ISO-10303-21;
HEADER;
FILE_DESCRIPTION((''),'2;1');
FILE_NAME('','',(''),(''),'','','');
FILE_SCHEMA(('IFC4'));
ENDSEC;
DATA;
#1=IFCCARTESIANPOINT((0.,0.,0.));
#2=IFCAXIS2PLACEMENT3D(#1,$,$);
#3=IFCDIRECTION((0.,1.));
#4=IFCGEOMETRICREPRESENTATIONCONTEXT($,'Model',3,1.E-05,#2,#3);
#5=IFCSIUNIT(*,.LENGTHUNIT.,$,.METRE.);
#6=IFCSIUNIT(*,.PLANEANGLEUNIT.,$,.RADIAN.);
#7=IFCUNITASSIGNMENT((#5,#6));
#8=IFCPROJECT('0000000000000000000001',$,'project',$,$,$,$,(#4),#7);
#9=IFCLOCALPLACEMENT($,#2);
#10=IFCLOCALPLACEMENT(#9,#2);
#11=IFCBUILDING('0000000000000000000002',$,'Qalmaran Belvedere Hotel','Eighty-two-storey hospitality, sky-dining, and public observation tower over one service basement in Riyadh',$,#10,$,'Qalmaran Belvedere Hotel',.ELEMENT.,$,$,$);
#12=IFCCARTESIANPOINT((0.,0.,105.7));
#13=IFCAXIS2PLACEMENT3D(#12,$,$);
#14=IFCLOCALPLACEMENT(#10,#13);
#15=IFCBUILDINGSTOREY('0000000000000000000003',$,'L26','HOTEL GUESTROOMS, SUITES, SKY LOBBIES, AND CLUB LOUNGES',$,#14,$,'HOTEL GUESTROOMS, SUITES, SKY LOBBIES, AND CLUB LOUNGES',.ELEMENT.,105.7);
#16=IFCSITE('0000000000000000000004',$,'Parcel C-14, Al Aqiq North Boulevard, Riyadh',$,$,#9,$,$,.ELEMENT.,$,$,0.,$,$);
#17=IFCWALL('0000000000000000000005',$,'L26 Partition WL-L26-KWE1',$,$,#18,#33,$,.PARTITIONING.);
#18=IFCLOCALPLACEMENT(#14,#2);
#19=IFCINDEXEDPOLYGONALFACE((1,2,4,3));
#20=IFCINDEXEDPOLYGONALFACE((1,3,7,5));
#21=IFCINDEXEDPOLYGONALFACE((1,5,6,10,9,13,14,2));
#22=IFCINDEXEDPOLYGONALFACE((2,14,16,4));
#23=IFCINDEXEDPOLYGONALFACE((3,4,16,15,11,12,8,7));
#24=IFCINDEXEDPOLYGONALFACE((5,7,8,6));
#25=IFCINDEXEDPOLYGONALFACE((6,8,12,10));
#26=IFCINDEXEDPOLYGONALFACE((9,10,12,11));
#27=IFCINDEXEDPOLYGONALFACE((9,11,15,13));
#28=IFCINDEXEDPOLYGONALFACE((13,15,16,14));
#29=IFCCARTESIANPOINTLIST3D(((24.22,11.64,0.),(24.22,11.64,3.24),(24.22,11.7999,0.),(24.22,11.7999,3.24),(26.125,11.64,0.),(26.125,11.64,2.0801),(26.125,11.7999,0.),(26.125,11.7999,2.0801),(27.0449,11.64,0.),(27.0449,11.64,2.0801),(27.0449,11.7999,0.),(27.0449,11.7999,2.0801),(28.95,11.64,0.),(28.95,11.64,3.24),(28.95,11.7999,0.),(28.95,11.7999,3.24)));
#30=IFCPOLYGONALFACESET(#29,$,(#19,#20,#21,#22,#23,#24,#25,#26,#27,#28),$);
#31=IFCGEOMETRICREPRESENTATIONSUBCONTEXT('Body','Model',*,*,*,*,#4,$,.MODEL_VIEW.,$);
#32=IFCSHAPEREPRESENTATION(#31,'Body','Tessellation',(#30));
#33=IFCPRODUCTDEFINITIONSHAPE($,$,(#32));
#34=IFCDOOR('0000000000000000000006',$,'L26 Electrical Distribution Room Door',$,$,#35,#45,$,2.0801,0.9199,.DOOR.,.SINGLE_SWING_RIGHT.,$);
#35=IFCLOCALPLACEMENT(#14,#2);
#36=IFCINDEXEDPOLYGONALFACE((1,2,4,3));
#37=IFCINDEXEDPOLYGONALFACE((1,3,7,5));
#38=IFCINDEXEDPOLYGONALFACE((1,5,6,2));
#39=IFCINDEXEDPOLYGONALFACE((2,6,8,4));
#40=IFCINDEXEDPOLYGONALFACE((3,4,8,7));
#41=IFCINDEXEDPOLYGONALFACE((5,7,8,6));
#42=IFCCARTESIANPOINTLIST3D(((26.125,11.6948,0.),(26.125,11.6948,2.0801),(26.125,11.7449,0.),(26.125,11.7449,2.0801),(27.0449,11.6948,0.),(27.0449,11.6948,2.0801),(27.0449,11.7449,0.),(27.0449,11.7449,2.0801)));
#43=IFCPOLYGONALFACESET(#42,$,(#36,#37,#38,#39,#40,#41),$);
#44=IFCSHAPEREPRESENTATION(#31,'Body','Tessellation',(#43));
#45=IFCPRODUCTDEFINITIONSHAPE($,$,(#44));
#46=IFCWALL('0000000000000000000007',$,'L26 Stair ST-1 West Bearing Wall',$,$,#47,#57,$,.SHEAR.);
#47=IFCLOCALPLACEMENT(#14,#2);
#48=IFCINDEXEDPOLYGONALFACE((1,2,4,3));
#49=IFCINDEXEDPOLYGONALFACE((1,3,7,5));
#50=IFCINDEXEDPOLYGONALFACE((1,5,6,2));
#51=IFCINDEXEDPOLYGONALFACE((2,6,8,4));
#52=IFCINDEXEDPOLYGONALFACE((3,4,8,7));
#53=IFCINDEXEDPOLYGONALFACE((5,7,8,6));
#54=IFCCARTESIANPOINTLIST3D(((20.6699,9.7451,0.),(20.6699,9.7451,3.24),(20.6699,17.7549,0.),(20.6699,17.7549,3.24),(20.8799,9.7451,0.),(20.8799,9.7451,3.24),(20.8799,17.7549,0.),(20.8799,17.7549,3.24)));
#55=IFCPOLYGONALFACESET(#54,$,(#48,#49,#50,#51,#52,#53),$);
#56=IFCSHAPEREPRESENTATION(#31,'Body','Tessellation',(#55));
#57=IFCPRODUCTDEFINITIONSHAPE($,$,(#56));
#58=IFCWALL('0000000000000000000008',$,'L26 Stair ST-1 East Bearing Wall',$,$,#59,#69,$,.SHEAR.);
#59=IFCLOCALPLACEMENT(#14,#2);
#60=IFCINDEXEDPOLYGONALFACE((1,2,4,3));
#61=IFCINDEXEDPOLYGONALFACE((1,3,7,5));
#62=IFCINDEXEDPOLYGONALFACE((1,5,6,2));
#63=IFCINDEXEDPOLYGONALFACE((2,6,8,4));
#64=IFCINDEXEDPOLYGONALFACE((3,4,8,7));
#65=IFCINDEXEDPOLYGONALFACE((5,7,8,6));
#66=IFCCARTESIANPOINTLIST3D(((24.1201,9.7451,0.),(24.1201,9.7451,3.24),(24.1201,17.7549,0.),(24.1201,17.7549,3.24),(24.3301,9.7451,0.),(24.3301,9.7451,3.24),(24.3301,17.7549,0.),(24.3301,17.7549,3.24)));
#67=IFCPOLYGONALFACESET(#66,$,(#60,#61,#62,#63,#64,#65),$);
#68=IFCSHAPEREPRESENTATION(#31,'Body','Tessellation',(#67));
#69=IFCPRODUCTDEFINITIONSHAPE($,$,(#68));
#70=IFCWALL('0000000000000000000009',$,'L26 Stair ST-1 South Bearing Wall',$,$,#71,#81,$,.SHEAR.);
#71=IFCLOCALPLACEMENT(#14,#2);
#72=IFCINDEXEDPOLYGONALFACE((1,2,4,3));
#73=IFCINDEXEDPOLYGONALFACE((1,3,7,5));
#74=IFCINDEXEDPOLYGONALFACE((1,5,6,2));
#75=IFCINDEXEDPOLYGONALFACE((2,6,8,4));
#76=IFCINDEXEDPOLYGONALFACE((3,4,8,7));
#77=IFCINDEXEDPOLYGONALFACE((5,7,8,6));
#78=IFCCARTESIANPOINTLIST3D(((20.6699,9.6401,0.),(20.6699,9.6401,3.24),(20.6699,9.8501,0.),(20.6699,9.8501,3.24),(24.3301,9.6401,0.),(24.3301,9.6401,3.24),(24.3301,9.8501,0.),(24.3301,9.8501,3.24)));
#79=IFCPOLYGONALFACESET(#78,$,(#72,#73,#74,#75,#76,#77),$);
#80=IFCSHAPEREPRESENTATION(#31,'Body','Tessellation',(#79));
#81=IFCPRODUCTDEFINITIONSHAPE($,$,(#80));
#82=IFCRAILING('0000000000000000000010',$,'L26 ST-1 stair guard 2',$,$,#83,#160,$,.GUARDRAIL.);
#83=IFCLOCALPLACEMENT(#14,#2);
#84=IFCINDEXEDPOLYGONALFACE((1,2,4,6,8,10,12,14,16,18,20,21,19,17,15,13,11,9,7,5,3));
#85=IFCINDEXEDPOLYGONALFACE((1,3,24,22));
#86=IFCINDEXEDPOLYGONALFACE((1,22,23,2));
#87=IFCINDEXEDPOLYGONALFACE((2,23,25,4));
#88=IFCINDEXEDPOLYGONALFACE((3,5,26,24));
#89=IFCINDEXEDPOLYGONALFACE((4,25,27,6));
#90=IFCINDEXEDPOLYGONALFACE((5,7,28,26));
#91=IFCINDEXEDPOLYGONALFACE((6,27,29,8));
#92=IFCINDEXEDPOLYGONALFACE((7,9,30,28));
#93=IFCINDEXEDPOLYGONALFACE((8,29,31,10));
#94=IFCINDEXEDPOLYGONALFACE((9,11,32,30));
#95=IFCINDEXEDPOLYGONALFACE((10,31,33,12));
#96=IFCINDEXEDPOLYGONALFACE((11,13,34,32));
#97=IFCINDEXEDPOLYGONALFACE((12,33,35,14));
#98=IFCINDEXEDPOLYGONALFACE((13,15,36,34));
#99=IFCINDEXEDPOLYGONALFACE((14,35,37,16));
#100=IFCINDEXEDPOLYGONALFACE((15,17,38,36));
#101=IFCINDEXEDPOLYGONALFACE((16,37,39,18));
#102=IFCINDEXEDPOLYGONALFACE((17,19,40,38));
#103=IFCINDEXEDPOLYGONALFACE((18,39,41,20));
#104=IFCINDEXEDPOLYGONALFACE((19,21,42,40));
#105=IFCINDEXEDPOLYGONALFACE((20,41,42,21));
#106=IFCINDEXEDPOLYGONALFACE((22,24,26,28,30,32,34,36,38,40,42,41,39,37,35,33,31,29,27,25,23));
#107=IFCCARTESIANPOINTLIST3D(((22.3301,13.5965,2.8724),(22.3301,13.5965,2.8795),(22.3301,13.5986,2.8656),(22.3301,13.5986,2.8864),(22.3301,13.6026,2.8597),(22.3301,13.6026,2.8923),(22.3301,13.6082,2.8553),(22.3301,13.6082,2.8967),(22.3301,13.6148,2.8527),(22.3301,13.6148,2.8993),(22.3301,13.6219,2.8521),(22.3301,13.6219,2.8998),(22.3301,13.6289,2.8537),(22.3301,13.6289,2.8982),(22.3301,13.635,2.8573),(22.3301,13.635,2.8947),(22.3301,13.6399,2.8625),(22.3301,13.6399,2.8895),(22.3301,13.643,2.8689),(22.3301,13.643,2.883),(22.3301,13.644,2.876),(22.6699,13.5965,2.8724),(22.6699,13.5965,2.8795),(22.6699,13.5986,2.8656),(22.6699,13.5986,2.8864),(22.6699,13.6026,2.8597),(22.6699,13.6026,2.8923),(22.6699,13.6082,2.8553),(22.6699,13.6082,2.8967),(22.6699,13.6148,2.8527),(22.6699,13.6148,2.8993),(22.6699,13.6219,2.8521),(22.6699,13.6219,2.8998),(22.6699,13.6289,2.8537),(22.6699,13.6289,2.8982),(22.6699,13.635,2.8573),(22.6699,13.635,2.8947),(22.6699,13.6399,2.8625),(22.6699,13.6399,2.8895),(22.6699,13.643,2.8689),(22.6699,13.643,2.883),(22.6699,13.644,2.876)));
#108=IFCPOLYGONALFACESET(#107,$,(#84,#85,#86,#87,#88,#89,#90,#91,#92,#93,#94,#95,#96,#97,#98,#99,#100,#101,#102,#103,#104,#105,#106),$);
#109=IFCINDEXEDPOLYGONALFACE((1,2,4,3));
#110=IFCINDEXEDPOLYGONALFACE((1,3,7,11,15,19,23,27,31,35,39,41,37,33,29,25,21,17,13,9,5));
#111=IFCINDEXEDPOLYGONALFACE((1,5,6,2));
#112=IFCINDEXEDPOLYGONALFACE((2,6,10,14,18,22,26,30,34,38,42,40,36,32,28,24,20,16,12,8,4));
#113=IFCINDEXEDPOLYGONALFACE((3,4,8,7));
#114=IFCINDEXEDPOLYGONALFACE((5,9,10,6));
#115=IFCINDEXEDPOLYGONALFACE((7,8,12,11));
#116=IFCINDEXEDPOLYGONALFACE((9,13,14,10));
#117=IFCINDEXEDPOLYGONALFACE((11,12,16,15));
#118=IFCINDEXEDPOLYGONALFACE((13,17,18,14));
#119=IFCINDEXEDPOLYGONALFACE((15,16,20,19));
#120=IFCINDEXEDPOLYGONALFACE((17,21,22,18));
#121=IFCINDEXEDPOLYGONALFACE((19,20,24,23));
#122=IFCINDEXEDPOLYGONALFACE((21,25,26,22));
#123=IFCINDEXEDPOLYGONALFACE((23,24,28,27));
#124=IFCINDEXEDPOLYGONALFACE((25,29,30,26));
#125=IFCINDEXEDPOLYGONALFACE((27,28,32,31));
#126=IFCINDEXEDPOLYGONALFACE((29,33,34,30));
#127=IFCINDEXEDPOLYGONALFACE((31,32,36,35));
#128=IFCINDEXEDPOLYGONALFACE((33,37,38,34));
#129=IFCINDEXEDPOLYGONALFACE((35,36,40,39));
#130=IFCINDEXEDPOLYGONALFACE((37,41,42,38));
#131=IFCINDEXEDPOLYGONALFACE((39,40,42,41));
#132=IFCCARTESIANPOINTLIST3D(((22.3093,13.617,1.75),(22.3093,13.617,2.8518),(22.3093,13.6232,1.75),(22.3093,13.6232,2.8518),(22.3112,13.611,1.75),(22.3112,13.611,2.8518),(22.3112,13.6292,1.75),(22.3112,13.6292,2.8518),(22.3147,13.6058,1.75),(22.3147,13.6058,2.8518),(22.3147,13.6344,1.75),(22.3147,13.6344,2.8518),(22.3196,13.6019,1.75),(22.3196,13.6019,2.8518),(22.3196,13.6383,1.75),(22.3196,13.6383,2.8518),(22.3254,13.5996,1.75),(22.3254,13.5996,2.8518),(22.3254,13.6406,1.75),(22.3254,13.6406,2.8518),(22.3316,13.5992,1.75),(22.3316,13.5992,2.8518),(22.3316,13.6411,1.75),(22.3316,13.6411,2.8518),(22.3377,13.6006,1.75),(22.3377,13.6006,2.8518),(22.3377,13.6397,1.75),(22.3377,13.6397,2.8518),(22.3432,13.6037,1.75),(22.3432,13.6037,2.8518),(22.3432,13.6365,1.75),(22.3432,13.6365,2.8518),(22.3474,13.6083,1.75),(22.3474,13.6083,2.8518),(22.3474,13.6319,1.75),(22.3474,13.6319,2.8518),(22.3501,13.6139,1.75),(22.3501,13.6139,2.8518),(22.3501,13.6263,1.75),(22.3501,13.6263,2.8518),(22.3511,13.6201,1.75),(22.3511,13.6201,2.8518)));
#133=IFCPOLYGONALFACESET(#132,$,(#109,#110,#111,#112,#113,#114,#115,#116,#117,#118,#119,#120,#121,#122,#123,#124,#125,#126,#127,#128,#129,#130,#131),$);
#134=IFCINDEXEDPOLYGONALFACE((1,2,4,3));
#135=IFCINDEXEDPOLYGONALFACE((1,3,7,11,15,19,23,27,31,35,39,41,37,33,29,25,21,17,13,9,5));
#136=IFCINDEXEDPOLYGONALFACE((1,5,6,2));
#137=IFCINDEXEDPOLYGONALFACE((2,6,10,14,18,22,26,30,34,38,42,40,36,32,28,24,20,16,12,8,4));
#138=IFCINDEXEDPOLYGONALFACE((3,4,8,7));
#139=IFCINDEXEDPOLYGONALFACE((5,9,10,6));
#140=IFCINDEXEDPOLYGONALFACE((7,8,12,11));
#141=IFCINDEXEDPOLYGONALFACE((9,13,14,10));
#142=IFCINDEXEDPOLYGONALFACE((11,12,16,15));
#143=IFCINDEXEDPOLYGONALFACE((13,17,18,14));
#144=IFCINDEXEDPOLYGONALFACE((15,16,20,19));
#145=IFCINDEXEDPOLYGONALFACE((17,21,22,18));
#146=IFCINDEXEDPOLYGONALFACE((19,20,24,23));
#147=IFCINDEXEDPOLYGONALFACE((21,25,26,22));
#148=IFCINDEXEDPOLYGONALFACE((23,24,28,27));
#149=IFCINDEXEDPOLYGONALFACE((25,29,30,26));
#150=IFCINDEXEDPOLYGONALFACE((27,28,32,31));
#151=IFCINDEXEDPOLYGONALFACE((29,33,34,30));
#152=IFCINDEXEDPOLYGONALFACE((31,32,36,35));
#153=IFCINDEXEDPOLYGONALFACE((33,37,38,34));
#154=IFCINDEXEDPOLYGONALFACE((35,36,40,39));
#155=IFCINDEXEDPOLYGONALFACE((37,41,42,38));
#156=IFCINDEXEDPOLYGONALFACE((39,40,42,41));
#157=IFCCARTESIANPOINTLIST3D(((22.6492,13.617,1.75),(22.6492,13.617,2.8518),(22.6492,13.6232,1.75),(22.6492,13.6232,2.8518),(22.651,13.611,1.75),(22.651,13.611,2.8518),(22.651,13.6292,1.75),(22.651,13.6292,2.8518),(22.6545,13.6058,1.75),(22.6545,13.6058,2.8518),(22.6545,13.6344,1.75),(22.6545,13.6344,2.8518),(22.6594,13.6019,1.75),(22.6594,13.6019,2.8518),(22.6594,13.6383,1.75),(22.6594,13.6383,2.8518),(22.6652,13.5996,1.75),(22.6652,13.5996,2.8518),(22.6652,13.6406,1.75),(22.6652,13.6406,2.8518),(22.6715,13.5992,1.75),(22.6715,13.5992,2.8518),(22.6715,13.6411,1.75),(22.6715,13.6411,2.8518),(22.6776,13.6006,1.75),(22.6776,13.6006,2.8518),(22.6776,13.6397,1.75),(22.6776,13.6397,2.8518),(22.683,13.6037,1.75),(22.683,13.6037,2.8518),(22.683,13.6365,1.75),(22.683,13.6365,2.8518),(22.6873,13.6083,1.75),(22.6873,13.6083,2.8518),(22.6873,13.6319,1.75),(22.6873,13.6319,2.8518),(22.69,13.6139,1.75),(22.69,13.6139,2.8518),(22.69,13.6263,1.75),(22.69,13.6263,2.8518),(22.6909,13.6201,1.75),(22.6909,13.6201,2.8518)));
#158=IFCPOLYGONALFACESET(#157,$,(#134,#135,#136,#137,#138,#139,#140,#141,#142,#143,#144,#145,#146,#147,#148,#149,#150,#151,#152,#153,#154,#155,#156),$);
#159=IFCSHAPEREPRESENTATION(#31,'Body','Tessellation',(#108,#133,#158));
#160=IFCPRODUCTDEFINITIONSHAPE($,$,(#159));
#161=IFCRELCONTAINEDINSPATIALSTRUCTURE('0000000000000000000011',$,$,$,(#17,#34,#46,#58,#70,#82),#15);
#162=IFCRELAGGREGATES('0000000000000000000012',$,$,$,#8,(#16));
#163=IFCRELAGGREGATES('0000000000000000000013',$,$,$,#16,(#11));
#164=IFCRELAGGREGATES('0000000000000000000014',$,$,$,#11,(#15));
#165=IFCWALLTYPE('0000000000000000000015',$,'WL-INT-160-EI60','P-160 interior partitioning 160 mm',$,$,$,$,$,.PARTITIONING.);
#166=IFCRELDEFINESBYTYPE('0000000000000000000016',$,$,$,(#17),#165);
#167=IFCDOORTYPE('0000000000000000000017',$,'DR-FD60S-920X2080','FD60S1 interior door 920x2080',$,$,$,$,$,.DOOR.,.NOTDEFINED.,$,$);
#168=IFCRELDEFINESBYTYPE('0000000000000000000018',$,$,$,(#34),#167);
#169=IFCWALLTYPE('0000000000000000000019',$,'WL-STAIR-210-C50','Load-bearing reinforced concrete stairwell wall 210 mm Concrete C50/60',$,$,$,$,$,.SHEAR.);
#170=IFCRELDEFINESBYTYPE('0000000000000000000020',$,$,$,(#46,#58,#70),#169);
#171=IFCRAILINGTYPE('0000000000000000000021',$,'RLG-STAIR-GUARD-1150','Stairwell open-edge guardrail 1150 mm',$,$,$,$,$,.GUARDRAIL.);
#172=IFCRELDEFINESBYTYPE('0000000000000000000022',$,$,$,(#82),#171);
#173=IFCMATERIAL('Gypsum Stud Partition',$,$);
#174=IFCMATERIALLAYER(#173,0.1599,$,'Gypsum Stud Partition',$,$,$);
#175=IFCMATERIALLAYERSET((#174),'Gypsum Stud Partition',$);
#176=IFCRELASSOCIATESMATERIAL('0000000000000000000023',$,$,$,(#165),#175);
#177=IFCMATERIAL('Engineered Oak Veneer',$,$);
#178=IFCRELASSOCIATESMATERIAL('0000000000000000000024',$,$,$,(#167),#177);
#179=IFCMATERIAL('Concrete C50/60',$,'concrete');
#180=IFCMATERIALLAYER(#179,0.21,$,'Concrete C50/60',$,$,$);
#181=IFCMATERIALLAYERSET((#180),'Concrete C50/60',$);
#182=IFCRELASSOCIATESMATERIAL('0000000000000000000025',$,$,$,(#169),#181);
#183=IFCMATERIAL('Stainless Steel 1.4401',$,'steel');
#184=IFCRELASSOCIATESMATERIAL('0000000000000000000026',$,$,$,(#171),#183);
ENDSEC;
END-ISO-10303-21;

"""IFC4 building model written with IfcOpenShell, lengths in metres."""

from ifc_helpers import new_model, si_unit, direction, frame, frame_2d, origin, origin_2d, place, context, subcontext, project, spatial, rectangle, circle, extrude, material, layer, layer_set, type_object, element, fill, save


model = new_model("IFC4")

# Units and contexts
model_context = context("Model", 3, precision=1e-05, world=origin(), true_north=direction((0.0, 1.0)))
body_context = subcontext(model_context, "Body", "Model", "MODEL_VIEW")
ifc_project = project(units=[si_unit("LENGTHUNIT", "METRE"), si_unit("PLANEANGLEUNIT", "RADIAN")], contexts=[model_context])

# Site, building, storey
site_placement = place(None, origin())
site = spatial("IfcSite", under=ifc_project, at=site_placement, Name="Parcel C-14, Al Aqiq North Boulevard, Riyadh", CompositionType="ELEMENT", RefElevation=0.0)
building_placement = place(site_placement, origin())
building = spatial("IfcBuilding", under=site, at=building_placement, Name="Qalmaran Belvedere Hotel", Description="Eighty-two-storey hospitality, sky-dining, and public observation tower over one service basement in Riyadh", LongName="Qalmaran Belvedere Hotel", CompositionType="ELEMENT")
storey_placement = place(building_placement, frame((0.0, 0.0, 105.7)))
storey = spatial("IfcBuildingStorey", under=building, at=storey_placement, Name="L26", Description="HOTEL GUESTROOMS, SUITES, SKY LOBBIES, AND CLUB LOUNGES", LongName="HOTEL GUESTROOMS, SUITES, SKY LOBBIES, AND CLUB LOUNGES", CompositionType="ELEMENT", Elevation=105.7)

# Shared definitions
ifc_material_1 = material(Name="Concrete C50/60", Category="concrete")
ifc_material_2 = material(Name="Gypsum Stud Partition")

# Wall, opening, door
ifc_layer_1 = layer(ifc_material_2, 0.1599, Name="Gypsum Stud Partition")
ifc_layer_set_1 = layer_set([ifc_layer_1], Name="Gypsum Stud Partition")
wall_type_1 = type_object("IfcWallType", Name="WL-INT-160-EI60", Description="P-160 interior partitioning 160 mm", PredefinedType="PARTITIONING", material=ifc_layer_set_1)
wall_1_placement = place(storey_placement, frame((24.22, 11.72, 0.0), z_axis=(0.0, 0.0, 1.0), x_axis=(1.0, 0.0, 0.0)))
wall_1 = element("IfcWall", 1, at=wall_1_placement, inside=storey, type_object=wall_type_1, Name="L26 Partition WL-L26-KWE1", PredefinedType="PARTITIONING", context=body_context, shape_type="SweptSolid", body=[
    extrude(rectangle(XDim=4.73, YDim=0.1599, at=frame_2d((2.365, 0.0))), origin(), (0.0, 0.0, 1.0), 3.24),
])
opening_1_placement = place(wall_1_placement, frame((1.905, 0.0, 0.0)))
opening_1 = element("IfcOpeningElement", 2, at=opening_1_placement, cuts=wall_1, PredefinedType="OPENING", context=body_context, shape_type="SweptSolid", body=[
    extrude(rectangle(XDim=0.9199, YDim=2.0801, at=frame_2d((0.46, 1.04))), frame((0.0, 0.0898, 0.0), z_axis=(0.0, -1.0, 0.0), x_axis=(1.0, 0.0, 0.0)), (0.0, 0.0, 1.0), 0.1799),
])
ifc_material_3 = material(Name="Engineered Oak Veneer")
door_type_1 = type_object("IfcDoorType", Name="DR-FD60S-920X2080", Description="FD60S1 interior door 920x2080", OperationType="NOTDEFINED", PredefinedType="DOOR", material=ifc_material_3)
door_1_placement = place(opening_1_placement, origin())
door_1 = element("IfcDoor", 3, at=door_1_placement, inside=storey, type_object=door_type_1, Name="L26 Electrical Distribution Room Door", OperationType="SINGLE_SWING_RIGHT", OverallHeight=2.0801, OverallWidth=0.9199, PredefinedType="DOOR", context=body_context, shape_type="SweptSolid", body=[
    extrude(rectangle(XDim=0.9199, YDim=2.0801, at=frame_2d((0.46, 1.04))), frame((0.0, 0.0249, 0.0), z_axis=(0.0, -1.0, 0.0), x_axis=(1.0, 0.0, 0.0)), (0.0, 0.0, 1.0), 0.05),
])
fill(opening_1, door_1)

# Walls
ifc_layer_2 = layer(ifc_material_1, 0.21, Name="Concrete C50/60")
ifc_layer_set_2 = layer_set([ifc_layer_2], Name="Concrete C50/60")
wall_type_2 = type_object("IfcWallType", Name="WL-STAIR-210-C50", Description="Load-bearing reinforced concrete stairwell wall 210 mm Concrete C50/60", PredefinedType="SHEAR", material=ifc_layer_set_2)
for number, where, z_axis, x_axis, name in (
    (4, (20.7749, 9.7451, 0.0), (0.0, 0.0, 1.0), (0.0, 1.0, 0.0), "L26 Stair ST-1 West Bearing Wall"),
    (5, (24.2251, 9.7451, 0.0), (0.0, 0.0, 1.0), (0.0, 1.0, 0.0), "L26 Stair ST-1 East Bearing Wall"),
):
    element("IfcWall", number, at=place(storey_placement, frame(where, z_axis=z_axis, x_axis=x_axis)), inside=storey, type_object=wall_type_2, Name=name, PredefinedType="SHEAR", context=body_context, shape_type="SweptSolid", body=[
        extrude(rectangle(XDim=8.0098, YDim=0.21, at=frame_2d((4.0049, 0.0))), origin(), (0.0, 0.0, 1.0), 3.24),
    ])
wall_2_placement = place(storey_placement, frame((20.6699, 9.7451, 0.0), z_axis=(0.0, 0.0, 1.0), x_axis=(1.0, 0.0, 0.0)))
element("IfcWall", 6, at=wall_2_placement, inside=storey, type_object=wall_type_2, Name="L26 Stair ST-1 South Bearing Wall", PredefinedType="SHEAR", context=body_context, shape_type="SweptSolid", body=[
    extrude(rectangle(XDim=3.6602, YDim=0.21, at=frame_2d((1.8301, 0.0))), origin(), (0.0, 0.0, 1.0), 3.24),
])

# Railing
ifc_material_4 = material(Name="Stainless Steel 1.4401", Category="steel")
railing_type = type_object("IfcRailingType", Name="RLG-STAIR-GUARD-1150", Description="Stairwell open-edge guardrail 1150 mm", PredefinedType="GUARDRAIL", material=ifc_material_4)
railing_placement = place(storey_placement, frame((22.3301, 13.6201, 1.75)))
element("IfcRailing", 7, at=railing_placement, inside=storey, type_object=railing_type, Name="L26 ST-1 stair guard 2", PredefinedType="GUARDRAIL", context=body_context, shape_type="SweptSolid", body=[
    extrude(circle(Radius=0.0239, at=origin_2d()), frame((0.0, 0.0, 1.126), z_axis=(1.0, 0.0, 0.0), x_axis=(0.0, 1.0, 0.0)), (0.0, 0.0, 1.0), 0.3398),
    extrude(circle(Radius=0.021, at=origin_2d()), origin(), (0.0, 0.0, 1.0), 1.1018),
    extrude(circle(Radius=0.021, at=origin_2d()), frame((0.3398, 0.0, 0.0)), (0.0, 0.0, 1.0), 1.1018),
])

save(model, "model.ifc")
